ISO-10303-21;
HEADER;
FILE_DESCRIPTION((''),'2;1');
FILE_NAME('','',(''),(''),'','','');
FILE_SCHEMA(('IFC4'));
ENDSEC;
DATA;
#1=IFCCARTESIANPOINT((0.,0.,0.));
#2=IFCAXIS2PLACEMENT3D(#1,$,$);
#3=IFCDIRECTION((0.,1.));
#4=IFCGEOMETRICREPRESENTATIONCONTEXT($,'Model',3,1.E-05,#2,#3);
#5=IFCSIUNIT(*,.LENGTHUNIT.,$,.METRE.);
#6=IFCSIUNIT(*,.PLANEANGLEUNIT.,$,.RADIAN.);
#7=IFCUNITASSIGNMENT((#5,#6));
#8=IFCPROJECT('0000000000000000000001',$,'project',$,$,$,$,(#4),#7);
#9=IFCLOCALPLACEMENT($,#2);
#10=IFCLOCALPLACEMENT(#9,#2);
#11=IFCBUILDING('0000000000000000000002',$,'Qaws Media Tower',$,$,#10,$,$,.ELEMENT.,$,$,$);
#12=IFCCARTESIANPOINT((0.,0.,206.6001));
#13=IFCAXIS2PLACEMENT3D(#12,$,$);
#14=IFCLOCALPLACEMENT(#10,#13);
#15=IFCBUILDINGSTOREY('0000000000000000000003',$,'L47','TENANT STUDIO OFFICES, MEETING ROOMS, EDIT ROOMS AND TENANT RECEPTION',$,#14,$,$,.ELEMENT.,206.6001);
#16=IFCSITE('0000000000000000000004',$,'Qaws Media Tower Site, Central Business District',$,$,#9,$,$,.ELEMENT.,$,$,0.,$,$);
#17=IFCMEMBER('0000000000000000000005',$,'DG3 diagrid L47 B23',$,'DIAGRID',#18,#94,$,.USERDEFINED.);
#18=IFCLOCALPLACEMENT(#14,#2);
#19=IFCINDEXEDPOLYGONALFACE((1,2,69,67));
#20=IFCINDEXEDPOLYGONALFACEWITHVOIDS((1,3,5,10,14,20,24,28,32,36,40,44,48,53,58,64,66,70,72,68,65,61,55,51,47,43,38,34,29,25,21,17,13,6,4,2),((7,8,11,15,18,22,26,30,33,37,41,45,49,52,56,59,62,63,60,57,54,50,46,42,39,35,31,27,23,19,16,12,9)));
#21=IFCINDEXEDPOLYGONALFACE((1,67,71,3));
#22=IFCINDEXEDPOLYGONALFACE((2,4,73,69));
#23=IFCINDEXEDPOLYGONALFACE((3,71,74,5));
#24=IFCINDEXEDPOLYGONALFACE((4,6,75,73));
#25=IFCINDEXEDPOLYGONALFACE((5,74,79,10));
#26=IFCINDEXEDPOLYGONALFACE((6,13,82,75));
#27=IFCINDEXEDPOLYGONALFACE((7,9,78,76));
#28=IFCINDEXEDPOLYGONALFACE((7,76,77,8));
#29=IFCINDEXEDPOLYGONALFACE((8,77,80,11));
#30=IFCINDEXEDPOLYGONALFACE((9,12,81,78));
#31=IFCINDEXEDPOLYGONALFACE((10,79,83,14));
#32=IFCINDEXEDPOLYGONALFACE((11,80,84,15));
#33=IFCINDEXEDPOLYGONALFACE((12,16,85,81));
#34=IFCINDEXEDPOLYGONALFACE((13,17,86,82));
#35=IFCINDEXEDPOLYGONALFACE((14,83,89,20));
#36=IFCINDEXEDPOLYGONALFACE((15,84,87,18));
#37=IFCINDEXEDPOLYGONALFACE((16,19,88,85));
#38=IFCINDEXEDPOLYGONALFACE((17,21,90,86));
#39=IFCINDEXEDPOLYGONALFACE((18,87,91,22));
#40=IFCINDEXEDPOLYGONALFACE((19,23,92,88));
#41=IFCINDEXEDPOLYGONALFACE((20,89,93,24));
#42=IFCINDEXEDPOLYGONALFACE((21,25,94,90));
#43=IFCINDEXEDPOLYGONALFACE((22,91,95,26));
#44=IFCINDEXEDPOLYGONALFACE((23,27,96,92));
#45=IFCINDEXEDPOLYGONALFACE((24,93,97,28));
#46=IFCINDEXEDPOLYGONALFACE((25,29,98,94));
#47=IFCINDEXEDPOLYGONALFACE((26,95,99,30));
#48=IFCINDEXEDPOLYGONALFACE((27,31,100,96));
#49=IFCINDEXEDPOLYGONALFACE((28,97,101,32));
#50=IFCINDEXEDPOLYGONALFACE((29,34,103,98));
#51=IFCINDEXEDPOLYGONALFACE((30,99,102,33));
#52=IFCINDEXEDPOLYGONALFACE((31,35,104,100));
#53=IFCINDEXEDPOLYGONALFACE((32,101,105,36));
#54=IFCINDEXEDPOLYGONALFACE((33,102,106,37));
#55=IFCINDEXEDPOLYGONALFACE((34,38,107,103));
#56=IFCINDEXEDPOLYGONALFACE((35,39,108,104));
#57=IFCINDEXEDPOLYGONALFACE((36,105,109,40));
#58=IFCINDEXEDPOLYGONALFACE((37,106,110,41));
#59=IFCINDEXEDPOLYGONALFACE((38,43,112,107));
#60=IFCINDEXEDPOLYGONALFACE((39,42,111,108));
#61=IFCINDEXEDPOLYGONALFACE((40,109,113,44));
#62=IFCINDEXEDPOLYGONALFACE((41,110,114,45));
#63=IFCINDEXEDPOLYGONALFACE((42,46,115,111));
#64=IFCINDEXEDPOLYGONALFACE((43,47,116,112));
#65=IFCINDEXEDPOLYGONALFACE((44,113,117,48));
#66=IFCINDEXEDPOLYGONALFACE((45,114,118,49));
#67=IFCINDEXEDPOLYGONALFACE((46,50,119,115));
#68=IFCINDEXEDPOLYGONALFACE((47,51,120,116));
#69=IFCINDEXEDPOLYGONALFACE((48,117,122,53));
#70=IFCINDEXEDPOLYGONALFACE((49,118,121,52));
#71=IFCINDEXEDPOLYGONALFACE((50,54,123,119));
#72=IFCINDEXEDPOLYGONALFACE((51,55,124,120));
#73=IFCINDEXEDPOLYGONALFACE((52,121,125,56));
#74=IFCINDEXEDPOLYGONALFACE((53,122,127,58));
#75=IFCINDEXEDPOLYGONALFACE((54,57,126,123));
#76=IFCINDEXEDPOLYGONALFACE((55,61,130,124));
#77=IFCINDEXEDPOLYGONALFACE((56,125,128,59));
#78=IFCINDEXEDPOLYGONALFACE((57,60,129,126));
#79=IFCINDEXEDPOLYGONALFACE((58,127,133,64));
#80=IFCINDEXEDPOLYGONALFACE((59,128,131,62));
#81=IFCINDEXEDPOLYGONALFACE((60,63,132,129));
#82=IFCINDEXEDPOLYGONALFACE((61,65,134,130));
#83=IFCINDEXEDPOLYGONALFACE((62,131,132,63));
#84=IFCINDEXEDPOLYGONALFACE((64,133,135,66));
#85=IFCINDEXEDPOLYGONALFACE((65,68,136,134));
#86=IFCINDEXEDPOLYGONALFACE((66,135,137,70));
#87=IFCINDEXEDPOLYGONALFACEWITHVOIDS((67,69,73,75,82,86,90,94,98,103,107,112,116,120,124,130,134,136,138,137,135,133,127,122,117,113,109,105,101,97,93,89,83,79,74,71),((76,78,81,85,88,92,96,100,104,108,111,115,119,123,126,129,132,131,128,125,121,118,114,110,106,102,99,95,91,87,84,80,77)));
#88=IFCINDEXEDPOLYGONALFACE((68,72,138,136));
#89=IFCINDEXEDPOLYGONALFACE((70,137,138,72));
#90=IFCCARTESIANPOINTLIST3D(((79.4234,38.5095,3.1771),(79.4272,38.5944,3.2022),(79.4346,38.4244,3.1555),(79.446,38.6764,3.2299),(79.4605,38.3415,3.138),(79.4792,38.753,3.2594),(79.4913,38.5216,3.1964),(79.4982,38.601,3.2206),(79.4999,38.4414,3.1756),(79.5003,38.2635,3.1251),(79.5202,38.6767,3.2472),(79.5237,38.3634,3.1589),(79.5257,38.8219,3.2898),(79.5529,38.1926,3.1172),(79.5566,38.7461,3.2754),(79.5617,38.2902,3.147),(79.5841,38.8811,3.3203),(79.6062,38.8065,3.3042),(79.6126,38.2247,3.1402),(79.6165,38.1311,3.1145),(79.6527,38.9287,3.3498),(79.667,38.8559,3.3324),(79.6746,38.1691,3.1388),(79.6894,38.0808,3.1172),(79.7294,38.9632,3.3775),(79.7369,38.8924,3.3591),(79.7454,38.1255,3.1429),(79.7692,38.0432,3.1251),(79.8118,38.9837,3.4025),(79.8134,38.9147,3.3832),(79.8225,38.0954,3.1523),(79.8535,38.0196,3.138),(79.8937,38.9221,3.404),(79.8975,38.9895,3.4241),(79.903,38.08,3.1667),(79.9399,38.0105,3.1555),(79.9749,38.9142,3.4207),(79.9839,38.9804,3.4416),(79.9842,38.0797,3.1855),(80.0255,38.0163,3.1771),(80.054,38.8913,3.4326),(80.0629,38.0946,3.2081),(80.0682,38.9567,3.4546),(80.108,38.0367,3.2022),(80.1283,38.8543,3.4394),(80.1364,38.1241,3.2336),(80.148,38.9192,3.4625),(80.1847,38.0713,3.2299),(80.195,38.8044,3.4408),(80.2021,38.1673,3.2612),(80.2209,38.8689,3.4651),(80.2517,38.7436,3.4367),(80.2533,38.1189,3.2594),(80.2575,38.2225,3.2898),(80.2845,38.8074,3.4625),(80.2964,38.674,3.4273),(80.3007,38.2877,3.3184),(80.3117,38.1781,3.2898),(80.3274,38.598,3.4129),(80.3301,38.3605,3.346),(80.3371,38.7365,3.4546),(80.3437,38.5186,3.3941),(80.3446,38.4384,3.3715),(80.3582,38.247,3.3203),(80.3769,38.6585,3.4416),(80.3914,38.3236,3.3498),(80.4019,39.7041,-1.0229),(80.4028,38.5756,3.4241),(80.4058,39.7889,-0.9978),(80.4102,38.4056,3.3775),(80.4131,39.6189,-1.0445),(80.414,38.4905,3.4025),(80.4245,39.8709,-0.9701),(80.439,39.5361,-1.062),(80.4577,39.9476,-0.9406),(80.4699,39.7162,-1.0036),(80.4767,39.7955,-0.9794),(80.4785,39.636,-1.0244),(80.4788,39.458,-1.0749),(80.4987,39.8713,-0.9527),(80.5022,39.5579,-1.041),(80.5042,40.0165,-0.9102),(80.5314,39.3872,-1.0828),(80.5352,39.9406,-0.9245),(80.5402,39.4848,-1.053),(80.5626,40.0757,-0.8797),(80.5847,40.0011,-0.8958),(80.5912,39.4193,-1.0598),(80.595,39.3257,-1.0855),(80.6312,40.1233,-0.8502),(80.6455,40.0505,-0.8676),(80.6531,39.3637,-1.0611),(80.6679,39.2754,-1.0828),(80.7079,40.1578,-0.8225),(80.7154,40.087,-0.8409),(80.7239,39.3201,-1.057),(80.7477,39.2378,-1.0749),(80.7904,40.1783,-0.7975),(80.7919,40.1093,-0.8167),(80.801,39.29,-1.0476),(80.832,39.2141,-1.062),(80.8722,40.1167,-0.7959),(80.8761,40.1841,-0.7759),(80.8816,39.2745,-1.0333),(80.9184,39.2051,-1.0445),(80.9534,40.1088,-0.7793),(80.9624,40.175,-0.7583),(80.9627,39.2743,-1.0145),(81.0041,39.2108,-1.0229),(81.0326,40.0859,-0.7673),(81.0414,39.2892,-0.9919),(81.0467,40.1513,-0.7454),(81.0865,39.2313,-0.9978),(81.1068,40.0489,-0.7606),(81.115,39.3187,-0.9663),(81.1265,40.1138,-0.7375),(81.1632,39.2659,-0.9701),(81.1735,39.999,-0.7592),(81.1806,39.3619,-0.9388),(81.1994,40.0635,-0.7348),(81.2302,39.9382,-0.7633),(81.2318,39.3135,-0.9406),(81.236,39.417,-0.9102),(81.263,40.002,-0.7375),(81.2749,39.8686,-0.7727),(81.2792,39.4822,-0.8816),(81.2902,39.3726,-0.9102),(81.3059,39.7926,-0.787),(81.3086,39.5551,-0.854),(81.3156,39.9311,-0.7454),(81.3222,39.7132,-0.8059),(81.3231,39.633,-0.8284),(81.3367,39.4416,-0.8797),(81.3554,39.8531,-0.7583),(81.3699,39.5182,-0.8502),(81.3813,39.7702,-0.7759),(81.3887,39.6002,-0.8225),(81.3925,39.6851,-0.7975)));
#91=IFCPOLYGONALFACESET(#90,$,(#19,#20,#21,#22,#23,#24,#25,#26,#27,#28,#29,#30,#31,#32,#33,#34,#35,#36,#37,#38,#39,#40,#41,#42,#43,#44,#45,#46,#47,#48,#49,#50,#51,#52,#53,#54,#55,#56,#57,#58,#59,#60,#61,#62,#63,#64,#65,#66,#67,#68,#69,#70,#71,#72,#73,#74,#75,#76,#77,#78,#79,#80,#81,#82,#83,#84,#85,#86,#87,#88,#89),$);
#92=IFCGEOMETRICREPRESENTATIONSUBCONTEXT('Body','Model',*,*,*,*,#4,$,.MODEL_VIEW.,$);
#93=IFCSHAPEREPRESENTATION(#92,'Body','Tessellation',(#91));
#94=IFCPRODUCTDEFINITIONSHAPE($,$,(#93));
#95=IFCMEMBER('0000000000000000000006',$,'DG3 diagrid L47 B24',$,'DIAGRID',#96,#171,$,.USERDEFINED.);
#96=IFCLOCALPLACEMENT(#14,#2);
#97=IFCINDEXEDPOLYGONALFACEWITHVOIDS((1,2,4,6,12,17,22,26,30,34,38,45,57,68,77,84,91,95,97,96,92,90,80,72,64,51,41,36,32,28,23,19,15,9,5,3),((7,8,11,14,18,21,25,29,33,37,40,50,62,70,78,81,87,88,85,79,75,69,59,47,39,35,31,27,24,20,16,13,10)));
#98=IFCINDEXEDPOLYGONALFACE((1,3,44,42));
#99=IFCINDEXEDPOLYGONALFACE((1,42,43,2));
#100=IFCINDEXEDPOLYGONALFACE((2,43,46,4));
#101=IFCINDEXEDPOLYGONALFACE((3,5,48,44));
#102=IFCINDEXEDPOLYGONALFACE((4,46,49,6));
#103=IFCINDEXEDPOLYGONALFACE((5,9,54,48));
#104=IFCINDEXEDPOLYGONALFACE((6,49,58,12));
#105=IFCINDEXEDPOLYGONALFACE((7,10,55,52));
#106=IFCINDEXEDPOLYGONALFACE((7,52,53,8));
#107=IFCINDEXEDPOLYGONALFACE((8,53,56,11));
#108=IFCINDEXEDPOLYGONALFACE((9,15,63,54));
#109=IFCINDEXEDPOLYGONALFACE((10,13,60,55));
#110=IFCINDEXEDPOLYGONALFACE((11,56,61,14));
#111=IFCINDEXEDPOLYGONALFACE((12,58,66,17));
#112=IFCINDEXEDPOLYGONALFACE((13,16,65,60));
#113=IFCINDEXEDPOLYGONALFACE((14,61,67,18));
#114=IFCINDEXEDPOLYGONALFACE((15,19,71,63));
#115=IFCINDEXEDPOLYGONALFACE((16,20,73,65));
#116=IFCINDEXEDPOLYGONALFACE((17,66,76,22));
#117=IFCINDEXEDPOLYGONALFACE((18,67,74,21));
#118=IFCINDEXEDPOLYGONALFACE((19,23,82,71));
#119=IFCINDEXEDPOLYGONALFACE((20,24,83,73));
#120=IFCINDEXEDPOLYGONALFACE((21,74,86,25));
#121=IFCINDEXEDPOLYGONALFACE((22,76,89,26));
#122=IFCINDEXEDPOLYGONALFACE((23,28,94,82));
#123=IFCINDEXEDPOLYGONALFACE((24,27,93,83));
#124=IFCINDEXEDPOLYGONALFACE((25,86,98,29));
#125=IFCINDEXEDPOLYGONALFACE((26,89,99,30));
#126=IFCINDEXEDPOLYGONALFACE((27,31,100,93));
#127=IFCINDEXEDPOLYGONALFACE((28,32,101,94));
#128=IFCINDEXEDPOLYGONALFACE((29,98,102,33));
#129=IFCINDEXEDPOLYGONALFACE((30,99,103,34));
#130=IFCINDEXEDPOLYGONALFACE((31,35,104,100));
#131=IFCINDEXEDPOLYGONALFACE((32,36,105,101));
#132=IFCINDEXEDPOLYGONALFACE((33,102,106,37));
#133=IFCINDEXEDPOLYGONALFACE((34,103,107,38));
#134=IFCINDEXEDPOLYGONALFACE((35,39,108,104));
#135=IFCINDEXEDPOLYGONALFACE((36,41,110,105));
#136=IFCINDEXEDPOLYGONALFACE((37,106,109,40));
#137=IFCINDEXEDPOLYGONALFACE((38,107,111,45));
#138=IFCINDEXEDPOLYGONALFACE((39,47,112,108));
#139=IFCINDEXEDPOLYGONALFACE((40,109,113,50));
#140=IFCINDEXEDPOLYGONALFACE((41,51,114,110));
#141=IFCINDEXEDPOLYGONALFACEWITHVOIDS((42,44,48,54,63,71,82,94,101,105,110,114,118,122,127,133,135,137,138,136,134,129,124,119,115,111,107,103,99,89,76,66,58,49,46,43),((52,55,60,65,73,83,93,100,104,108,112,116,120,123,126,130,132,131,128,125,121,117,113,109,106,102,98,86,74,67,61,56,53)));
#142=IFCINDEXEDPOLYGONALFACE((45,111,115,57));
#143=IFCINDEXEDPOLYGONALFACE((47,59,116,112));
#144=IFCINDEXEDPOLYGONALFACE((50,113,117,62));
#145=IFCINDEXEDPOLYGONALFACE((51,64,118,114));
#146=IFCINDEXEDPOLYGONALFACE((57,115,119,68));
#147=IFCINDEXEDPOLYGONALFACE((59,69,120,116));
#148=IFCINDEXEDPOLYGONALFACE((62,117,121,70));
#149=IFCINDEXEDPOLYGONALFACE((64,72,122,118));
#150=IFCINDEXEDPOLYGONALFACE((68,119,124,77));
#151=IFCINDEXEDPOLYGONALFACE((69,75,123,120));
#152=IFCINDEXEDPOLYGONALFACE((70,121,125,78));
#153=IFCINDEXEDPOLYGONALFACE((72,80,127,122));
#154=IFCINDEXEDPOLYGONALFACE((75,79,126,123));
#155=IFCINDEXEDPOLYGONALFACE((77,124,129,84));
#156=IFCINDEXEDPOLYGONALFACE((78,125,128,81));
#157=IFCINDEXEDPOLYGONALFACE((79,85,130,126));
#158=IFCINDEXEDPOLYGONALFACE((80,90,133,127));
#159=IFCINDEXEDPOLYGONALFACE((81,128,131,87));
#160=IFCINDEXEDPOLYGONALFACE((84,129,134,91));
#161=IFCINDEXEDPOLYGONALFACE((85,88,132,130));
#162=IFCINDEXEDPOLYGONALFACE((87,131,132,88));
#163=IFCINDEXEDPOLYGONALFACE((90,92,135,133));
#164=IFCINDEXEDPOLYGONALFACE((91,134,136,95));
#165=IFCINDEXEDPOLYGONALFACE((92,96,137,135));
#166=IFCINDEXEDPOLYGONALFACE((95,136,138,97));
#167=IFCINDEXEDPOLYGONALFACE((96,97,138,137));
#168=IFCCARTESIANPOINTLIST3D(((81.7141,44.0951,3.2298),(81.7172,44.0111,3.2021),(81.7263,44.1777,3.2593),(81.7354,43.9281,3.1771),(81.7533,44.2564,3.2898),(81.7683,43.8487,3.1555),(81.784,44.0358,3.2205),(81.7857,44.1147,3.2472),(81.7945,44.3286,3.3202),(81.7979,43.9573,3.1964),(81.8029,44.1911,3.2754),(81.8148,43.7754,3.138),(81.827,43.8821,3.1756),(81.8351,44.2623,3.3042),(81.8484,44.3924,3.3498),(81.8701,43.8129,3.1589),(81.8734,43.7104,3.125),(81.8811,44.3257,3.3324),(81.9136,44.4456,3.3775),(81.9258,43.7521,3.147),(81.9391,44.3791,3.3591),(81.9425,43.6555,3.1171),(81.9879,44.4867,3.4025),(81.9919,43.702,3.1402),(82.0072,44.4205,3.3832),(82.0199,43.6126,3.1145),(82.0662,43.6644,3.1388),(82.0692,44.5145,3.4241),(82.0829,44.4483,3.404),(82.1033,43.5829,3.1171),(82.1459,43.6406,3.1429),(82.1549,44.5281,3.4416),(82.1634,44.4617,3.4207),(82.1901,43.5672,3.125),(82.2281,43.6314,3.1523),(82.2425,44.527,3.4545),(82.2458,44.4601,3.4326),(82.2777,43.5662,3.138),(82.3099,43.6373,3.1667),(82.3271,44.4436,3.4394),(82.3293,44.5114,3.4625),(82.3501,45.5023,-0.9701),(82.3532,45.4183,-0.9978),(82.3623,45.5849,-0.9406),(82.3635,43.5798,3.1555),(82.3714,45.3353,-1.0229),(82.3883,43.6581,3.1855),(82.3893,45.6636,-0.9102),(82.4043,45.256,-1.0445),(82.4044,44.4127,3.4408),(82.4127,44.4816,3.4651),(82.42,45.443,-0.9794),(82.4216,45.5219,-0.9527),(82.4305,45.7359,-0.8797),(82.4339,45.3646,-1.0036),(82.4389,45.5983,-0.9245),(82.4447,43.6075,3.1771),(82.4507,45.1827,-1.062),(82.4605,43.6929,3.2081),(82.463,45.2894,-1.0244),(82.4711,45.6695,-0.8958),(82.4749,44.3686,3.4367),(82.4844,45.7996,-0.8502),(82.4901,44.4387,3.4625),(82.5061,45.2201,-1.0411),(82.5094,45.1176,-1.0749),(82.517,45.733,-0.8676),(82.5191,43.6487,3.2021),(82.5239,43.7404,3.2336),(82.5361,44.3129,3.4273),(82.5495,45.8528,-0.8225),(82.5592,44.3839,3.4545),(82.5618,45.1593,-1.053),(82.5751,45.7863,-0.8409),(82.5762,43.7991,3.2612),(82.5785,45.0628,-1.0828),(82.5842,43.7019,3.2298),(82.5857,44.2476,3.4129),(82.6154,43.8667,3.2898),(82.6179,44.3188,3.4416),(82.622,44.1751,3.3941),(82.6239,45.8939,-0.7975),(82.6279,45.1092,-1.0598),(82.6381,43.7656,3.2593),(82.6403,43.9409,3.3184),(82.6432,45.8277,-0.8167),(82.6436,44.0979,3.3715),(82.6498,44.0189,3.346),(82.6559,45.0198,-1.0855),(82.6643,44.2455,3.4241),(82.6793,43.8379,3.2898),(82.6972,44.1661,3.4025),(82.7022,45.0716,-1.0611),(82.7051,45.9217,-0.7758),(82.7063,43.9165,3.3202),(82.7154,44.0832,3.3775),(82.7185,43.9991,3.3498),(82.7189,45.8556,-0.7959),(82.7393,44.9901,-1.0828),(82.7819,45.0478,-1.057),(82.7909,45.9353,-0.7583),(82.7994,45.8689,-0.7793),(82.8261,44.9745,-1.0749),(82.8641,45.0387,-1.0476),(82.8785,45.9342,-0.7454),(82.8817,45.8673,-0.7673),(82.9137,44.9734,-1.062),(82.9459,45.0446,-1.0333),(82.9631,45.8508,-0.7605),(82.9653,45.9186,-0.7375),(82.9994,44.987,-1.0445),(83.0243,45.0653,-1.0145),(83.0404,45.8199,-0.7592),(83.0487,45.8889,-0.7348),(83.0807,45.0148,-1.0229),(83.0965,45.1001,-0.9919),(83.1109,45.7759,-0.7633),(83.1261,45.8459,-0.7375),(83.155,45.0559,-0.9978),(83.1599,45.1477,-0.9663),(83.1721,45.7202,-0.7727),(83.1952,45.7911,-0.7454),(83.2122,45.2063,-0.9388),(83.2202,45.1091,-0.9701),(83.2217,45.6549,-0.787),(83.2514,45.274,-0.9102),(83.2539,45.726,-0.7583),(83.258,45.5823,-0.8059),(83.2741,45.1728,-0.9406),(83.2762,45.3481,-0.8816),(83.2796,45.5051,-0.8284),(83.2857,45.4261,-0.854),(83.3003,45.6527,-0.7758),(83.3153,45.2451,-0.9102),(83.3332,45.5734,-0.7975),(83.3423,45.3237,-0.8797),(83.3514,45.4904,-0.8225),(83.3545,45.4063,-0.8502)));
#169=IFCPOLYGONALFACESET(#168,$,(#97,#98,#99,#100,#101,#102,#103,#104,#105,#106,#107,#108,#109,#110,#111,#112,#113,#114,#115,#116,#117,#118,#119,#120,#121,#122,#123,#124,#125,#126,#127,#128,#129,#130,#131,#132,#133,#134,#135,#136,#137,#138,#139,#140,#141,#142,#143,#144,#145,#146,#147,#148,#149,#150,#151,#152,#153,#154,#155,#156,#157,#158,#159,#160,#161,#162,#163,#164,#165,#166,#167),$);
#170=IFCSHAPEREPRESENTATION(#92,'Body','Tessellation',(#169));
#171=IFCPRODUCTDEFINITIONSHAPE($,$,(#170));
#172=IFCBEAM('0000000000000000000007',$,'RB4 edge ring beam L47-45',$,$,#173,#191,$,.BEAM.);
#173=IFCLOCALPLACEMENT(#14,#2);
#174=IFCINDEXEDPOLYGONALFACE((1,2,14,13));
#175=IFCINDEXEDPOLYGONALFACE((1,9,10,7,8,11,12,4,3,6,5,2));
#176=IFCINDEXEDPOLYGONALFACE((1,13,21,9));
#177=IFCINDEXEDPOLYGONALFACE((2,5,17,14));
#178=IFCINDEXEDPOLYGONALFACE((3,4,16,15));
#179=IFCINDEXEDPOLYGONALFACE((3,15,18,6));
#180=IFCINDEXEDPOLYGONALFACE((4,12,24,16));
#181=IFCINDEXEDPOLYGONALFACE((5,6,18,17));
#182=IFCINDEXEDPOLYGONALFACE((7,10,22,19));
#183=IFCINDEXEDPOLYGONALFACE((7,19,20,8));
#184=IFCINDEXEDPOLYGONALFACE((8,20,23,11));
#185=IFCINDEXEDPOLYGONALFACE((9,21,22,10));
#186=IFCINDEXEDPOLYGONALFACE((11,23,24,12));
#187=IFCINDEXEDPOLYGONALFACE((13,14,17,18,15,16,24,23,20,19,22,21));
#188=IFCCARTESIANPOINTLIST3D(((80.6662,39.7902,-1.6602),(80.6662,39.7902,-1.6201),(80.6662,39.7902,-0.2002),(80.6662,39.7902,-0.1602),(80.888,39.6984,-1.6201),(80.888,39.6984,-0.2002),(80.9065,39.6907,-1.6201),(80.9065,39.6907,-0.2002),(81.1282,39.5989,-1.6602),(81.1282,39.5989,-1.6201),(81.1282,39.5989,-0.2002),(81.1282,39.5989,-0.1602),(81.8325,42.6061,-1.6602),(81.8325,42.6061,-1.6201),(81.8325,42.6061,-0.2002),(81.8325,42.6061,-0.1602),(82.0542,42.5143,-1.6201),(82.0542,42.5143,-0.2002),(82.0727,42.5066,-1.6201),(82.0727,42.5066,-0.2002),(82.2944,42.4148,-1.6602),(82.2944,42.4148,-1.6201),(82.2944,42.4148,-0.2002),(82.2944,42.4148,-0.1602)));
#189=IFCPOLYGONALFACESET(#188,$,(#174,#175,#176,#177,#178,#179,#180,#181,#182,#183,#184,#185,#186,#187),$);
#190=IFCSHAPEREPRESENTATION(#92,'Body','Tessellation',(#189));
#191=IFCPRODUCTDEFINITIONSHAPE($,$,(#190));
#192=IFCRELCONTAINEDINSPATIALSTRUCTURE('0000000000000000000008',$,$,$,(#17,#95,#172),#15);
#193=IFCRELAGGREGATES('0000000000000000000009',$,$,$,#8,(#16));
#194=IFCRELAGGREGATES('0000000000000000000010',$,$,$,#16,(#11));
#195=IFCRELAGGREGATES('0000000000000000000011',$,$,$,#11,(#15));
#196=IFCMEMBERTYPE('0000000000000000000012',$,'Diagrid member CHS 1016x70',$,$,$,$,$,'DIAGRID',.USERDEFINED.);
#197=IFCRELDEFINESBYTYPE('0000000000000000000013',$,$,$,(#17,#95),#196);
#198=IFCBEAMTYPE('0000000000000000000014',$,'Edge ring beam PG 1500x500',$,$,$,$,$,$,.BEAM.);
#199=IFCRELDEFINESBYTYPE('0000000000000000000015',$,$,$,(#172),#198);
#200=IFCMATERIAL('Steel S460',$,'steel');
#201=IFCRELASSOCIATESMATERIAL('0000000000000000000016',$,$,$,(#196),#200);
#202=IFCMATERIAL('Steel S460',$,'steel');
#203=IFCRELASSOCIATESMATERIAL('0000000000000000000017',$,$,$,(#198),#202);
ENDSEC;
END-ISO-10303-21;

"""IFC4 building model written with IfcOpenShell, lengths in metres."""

from ifc_helpers import new_model, si_unit, direction, frame, origin, origin_2d, place, context, subcontext, project, spatial, hollow_circle, i_section, extrude, material, material_profile, profile_set, type_object, element, save


model = new_model("IFC4")

# Units and contexts
model_context = context("Model", 3, precision=1e-05, world=origin(), true_north=direction((0.0, 1.0)))
body_context = subcontext(model_context, "Body", "Model", "MODEL_VIEW")
ifc_project = project(units=[si_unit("LENGTHUNIT", "METRE"), si_unit("PLANEANGLEUNIT", "RADIAN")], contexts=[model_context])

# Site, building, storey
site_placement = place(None, origin())
site = spatial("IfcSite", under=ifc_project, at=site_placement, Name="Qaws Media Tower Site, Central Business District", CompositionType="ELEMENT", RefElevation=0.0)
building_placement = place(site_placement, origin())
building = spatial("IfcBuilding", under=site, at=building_placement, Name="Qaws Media Tower", CompositionType="ELEMENT")
storey_placement = place(building_placement, frame((0.0, 0.0, 206.6001)))
storey = spatial("IfcBuildingStorey", under=building, at=storey_placement, Name="L47", Description="TENANT STUDIO OFFICES, MEETING ROOMS, EDIT ROOMS AND TENANT RECEPTION", CompositionType="ELEMENT", Elevation=206.6001)

# Members
ifc_material_1 = material(Name="Steel S460", Category="steel")
ifc_material_profile_1 = material_profile(ifc_material_1, hollow_circle(Radius=0.5081, WallThickness=0.0701, at=origin_2d()), Name="CHS 1016x70")
ifc_profile_set_1 = profile_set([ifc_material_profile_1], Name="Steel S460")
member_type_1 = type_object("IfcMemberType", Name="Diagrid member CHS 1016x70", ElementType="DIAGRID", PredefinedType="USERDEFINED", material=ifc_profile_set_1)
for number, where, z_axis, x_axis, name in (
    (1, (80.8972, 39.6946, -0.9102), (-0.218671, -0.266955, 0.938572), (0.773598, -0.633677, 0.0), "DG3 diagrid L47 B23"),
    (2, (82.8523, 45.4543, -0.9102), (-0.142124, -0.314474, 0.938566), (0.911258, -0.411837, 0.0), "DG3 diagrid L47 B24"),
):
    element("IfcMember", number, at=place(storey_placement, frame(where, z_axis=z_axis, x_axis=x_axis)), inside=storey, type_object=member_type_1, Name=name, ObjectType="DIAGRID", PredefinedType="USERDEFINED", context=body_context, shape_type="SweptSolid", body=[
        extrude(hollow_circle(Radius=0.5081, WallThickness=0.0701, at=origin_2d()), origin(), (0.0, 0.0, 1.0), 4.4749),
    ])

# Beam
ifc_material_2 = material(Name="Steel S460", Category="steel")
ifc_material_profile_2 = material_profile(ifc_material_2, i_section(OverallWidth=0.5, OverallDepth=1.5, WebThickness=0.02, FlangeThickness=0.04, at=origin_2d()), Name="PG 1500x500")
ifc_profile_set_2 = profile_set([ifc_material_profile_2], Name="Steel S460")
beam_type_1 = type_object("IfcBeamType", Name="Edge ring beam PG 1500x500", PredefinedType="BEAM", material=ifc_profile_set_2)
beam_1_placement = place(storey_placement, frame((80.8972, 39.6946, -0.9102), z_axis=(0.382647, 0.923895, 0.0), x_axis=(-0.923895, 0.382647, 0.0)))
element("IfcBeam", 3, at=beam_1_placement, inside=storey, type_object=beam_type_1, Name="RB4 edge ring beam L47-45", PredefinedType="BEAM", context=body_context, shape_type="SweptSolid", body=[
    extrude(i_section(OverallWidth=0.5, OverallDepth=1.5, WebThickness=0.02, FlangeThickness=0.04, at=origin_2d()), origin(), (0.0, 0.0, 1.0), 3.0479),
])

save(model, "model.ifc")
